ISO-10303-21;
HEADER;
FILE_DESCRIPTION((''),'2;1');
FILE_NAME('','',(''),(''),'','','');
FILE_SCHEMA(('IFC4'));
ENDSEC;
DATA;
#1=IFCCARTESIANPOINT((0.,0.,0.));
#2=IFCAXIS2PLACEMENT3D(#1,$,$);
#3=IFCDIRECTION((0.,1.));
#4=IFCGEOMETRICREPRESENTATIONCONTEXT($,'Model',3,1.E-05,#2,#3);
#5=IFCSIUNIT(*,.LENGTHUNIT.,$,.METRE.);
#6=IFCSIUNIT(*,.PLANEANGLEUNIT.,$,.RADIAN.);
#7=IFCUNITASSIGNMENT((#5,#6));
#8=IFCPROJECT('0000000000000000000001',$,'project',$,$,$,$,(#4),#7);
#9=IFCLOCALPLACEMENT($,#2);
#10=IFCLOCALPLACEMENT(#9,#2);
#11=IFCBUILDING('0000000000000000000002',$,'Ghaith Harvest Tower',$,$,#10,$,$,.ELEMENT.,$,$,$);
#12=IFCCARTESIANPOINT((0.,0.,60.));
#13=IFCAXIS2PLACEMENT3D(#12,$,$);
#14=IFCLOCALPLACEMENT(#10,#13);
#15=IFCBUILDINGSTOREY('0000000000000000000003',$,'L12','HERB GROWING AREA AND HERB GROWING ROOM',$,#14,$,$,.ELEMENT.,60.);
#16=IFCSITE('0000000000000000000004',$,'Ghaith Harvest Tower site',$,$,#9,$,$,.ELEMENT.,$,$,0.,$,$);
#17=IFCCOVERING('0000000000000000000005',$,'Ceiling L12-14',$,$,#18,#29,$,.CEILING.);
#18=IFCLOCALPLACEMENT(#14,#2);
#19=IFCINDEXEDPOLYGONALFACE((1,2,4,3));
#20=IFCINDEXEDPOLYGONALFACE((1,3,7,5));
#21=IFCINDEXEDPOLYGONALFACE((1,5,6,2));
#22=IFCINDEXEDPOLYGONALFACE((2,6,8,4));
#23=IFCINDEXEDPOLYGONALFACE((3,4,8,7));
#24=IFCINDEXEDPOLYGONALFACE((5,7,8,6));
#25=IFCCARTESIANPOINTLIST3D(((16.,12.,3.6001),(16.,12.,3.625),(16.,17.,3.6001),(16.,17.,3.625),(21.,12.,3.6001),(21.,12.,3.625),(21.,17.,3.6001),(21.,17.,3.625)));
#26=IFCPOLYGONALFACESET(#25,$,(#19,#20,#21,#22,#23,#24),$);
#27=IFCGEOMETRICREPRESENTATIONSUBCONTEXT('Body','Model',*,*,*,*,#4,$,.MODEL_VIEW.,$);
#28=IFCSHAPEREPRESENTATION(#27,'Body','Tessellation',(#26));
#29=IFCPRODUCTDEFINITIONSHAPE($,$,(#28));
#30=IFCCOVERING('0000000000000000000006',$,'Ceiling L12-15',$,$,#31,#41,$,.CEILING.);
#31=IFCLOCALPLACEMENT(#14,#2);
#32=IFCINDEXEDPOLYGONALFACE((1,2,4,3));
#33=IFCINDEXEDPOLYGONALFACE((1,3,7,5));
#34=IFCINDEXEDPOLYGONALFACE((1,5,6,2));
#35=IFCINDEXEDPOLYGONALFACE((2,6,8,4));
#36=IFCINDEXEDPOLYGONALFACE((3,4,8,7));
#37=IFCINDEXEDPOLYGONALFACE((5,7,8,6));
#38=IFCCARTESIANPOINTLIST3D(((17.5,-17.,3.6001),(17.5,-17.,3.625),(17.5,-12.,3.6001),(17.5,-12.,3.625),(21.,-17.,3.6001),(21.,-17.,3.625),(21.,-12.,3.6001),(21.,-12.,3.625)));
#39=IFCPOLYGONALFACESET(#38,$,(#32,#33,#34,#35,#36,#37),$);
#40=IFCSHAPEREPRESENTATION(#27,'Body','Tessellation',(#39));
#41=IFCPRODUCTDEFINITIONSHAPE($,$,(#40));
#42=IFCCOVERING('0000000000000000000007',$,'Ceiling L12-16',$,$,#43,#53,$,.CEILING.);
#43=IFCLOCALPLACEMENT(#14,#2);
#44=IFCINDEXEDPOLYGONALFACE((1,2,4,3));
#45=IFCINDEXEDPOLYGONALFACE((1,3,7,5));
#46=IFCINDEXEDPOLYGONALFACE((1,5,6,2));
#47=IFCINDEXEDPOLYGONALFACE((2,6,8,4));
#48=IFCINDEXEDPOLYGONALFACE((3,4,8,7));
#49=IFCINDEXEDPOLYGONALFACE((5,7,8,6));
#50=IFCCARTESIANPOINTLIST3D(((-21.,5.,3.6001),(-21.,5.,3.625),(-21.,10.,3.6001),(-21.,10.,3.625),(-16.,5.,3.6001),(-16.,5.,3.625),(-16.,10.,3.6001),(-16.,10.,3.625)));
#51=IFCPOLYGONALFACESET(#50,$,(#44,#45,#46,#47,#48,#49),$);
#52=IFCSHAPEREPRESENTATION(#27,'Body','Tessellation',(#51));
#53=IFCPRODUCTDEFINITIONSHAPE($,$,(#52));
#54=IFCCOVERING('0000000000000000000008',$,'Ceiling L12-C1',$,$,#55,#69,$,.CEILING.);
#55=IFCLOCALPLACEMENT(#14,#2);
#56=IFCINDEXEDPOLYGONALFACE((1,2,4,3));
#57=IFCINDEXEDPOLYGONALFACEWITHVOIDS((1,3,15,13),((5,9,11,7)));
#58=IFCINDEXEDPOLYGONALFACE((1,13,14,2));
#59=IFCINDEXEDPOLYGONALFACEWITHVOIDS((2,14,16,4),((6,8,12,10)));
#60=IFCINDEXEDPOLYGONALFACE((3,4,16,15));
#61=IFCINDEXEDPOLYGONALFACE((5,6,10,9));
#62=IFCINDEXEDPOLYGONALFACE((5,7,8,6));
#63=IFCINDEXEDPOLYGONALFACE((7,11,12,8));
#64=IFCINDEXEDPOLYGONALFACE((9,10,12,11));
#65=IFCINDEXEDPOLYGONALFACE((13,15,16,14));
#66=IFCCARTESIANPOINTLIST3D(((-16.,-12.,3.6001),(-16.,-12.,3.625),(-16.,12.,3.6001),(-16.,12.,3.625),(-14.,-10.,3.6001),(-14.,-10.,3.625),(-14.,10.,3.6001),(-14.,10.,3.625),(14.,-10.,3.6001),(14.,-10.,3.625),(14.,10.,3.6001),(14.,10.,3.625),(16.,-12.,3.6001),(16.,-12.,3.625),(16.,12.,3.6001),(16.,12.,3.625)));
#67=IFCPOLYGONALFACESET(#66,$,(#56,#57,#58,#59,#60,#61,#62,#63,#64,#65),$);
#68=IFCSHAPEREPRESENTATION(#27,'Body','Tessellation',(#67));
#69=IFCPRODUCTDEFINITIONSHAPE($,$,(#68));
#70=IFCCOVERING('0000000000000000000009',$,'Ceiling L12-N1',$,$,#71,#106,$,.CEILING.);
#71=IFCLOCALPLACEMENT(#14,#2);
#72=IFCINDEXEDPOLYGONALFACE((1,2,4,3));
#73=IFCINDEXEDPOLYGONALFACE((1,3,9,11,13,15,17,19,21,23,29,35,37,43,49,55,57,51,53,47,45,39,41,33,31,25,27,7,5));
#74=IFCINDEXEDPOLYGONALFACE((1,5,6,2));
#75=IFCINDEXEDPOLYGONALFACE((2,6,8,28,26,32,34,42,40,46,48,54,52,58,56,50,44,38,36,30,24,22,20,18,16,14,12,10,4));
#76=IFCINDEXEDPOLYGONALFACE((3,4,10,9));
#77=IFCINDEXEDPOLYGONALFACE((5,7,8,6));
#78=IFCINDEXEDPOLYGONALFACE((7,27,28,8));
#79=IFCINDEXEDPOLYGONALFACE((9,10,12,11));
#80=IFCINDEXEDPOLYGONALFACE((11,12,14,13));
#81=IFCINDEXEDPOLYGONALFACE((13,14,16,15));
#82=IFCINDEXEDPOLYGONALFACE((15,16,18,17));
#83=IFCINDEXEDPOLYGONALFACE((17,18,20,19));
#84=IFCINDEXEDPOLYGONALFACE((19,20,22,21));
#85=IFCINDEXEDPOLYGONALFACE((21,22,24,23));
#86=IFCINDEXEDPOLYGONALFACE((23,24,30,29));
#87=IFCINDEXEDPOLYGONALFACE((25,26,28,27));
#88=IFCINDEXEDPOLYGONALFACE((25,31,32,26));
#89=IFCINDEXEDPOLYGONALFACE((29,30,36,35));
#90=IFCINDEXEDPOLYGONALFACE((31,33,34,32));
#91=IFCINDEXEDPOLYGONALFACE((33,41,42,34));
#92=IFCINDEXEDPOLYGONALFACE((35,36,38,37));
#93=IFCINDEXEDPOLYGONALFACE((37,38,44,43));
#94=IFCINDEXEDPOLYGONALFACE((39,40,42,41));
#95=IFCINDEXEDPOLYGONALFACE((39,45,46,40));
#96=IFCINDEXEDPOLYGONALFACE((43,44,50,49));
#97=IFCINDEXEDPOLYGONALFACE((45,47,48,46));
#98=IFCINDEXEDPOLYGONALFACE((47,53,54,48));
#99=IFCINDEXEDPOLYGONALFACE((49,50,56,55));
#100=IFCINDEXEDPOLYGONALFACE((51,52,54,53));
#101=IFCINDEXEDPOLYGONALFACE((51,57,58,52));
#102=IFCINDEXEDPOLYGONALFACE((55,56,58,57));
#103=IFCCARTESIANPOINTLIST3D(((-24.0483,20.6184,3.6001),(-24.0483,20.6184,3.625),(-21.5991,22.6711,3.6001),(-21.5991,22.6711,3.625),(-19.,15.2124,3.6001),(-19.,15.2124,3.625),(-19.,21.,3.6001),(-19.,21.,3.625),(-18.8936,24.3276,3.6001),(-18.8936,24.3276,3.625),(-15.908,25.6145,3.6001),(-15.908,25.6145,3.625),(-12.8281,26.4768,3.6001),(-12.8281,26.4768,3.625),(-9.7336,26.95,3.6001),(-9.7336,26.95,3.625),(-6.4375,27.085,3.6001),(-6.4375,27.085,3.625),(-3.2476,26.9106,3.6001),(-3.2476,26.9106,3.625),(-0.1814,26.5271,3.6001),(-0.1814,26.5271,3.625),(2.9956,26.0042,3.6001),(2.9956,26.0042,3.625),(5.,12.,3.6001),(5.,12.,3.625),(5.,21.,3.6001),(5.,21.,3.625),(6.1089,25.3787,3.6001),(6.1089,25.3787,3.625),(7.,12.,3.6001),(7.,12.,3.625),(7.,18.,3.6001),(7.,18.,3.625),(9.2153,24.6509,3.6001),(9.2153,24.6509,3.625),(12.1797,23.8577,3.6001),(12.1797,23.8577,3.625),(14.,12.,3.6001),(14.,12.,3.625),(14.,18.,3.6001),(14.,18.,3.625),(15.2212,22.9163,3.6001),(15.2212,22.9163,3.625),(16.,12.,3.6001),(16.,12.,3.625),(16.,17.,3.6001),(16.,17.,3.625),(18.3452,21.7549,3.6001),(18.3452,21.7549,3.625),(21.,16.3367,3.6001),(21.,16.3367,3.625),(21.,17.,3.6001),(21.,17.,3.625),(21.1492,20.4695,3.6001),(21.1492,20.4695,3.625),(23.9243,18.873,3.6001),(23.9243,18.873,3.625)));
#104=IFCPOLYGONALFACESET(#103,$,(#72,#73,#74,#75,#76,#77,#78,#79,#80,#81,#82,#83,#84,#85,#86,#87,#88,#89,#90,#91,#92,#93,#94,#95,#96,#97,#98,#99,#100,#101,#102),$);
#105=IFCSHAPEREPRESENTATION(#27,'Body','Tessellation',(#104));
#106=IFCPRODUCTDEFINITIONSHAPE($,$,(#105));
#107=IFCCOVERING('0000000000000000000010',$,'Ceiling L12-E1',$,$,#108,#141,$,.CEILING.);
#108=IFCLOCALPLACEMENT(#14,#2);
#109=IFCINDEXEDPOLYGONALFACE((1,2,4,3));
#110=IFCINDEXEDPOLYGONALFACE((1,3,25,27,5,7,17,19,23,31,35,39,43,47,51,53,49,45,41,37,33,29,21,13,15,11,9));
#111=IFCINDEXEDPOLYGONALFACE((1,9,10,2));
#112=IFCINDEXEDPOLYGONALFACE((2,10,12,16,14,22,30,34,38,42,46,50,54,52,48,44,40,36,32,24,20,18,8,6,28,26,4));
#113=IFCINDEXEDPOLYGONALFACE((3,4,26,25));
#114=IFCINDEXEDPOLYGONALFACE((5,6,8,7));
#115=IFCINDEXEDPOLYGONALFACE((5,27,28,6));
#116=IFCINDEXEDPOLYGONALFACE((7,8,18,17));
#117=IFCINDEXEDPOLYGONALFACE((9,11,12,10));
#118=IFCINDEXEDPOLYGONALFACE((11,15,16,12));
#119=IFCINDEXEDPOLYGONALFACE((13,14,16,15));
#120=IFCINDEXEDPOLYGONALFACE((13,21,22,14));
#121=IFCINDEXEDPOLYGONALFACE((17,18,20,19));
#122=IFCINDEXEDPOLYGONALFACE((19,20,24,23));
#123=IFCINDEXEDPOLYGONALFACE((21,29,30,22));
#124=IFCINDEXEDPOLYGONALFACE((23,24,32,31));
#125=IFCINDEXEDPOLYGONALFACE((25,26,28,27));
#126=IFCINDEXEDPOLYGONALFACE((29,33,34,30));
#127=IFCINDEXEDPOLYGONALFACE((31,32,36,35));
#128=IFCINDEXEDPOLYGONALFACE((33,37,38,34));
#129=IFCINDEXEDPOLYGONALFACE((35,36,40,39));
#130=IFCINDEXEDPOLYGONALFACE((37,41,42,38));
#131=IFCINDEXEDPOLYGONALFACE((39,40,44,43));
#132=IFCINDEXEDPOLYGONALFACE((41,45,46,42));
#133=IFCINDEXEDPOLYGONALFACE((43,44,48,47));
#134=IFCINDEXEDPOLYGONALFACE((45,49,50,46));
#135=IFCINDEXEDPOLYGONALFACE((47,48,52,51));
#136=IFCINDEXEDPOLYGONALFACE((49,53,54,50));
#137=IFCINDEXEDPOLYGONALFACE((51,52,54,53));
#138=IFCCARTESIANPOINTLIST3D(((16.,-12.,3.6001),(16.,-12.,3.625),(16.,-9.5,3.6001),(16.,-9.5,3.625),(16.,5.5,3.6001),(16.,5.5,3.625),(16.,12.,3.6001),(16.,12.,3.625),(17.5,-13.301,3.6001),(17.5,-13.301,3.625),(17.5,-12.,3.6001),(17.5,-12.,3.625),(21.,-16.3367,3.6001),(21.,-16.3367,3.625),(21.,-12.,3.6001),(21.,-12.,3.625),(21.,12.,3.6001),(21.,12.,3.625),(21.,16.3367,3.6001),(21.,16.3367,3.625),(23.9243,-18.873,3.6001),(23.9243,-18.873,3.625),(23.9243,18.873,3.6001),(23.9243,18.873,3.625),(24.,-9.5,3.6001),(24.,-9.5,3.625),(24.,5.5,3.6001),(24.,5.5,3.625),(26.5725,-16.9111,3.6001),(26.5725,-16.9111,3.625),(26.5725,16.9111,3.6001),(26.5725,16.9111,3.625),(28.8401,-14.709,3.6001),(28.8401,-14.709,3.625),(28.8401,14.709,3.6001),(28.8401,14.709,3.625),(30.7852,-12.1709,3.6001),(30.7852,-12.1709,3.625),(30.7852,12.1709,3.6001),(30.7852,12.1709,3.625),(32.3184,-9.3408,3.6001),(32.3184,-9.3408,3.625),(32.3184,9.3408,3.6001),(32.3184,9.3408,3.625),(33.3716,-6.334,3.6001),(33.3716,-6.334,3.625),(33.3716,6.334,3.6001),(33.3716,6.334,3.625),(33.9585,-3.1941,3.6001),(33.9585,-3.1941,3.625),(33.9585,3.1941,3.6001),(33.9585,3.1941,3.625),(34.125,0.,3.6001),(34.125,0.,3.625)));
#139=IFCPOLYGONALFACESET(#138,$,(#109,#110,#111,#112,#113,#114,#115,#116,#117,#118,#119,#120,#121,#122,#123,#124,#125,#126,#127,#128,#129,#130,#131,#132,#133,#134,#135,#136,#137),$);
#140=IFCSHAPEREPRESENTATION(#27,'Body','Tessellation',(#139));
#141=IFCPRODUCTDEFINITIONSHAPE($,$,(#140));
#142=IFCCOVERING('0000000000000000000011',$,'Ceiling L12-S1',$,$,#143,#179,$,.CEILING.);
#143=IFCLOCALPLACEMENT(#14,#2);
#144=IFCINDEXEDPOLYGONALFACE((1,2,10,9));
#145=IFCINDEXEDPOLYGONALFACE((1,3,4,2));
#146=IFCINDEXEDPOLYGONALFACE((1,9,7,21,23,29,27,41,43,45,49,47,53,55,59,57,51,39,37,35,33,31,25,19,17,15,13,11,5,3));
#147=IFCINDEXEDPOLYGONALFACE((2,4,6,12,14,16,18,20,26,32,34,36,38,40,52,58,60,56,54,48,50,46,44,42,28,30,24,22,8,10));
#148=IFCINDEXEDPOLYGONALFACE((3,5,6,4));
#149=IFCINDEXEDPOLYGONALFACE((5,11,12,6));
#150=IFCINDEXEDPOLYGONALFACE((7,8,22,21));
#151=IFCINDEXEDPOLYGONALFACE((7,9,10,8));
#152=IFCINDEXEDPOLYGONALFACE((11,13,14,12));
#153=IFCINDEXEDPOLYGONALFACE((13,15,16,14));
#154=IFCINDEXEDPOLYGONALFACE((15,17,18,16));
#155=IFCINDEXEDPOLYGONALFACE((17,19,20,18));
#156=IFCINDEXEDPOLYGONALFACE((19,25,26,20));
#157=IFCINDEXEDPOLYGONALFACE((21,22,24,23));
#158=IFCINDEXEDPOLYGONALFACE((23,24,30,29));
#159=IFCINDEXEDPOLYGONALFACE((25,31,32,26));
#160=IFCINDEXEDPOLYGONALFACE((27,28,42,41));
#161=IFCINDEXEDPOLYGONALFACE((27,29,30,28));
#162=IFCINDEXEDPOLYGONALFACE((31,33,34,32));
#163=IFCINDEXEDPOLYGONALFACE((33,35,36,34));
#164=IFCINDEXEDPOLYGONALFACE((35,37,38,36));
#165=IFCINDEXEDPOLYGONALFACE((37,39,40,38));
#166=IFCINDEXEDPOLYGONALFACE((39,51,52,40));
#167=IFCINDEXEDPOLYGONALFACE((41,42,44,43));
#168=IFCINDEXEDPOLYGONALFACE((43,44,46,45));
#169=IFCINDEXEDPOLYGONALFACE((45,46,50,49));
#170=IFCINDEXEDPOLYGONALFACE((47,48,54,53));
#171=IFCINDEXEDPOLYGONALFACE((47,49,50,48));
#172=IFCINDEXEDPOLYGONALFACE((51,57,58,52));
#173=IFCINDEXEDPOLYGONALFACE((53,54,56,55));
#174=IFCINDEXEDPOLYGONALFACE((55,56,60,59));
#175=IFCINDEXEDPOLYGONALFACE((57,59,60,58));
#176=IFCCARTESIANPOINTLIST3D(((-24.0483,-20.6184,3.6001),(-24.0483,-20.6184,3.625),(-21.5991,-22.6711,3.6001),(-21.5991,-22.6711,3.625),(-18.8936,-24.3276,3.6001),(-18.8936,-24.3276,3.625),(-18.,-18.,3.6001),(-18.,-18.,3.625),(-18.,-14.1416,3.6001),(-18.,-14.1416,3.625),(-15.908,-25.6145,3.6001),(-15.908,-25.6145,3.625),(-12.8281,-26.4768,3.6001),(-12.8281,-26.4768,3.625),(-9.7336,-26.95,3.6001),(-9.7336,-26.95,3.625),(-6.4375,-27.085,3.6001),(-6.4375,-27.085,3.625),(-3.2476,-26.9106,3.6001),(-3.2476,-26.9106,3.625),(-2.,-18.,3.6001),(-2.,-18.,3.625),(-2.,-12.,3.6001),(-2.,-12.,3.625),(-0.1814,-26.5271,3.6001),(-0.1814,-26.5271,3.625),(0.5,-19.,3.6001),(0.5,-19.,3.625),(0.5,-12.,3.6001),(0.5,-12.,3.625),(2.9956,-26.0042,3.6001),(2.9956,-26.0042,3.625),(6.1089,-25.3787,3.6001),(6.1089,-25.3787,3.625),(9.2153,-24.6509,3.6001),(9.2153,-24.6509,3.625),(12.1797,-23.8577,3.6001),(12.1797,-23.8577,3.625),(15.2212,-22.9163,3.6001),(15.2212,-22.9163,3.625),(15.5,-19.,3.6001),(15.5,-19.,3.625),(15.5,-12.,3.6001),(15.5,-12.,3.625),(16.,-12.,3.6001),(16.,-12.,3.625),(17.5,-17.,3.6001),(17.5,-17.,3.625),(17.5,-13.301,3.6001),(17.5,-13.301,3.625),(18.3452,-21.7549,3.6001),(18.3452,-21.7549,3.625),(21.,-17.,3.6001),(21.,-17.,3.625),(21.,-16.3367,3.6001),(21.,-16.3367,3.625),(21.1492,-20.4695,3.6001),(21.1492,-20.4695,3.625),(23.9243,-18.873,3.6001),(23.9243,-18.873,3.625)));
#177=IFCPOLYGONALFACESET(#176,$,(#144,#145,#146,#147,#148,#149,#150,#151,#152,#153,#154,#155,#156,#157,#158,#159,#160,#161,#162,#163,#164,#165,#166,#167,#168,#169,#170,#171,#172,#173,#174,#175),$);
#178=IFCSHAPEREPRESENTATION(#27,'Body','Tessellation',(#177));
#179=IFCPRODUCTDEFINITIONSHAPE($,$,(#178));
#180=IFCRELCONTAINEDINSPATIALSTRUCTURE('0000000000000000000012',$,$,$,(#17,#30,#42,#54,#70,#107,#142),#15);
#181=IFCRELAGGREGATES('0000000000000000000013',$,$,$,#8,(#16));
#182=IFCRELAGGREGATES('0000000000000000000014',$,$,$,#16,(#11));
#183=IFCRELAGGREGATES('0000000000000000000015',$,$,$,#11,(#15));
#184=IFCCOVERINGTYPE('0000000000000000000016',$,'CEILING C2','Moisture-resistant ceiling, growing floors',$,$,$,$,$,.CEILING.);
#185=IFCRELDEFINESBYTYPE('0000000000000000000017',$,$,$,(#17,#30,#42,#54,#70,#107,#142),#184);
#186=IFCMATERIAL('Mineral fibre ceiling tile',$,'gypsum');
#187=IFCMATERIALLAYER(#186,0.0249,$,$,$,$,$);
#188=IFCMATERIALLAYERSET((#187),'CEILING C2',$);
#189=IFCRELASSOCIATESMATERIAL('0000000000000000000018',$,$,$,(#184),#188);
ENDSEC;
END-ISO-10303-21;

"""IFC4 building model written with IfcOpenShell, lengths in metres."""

from ifc_helpers import new_model, si_unit, direction, frame, origin, place, context, subcontext, project, spatial, polyline, outline, extrude, material, layer, layer_set, type_object, element, save


model = new_model("IFC4")

# Units and contexts
model_context = context("Model", 3, precision=1e-05, world=origin(), true_north=direction((0.0, 1.0)))
body_context = subcontext(model_context, "Body", "Model", "MODEL_VIEW")
ifc_project = project(units=[si_unit("LENGTHUNIT", "METRE"), si_unit("PLANEANGLEUNIT", "RADIAN")], contexts=[model_context])

# Site, building, storey
site_placement = place(None, origin())
site = spatial("IfcSite", under=ifc_project, at=site_placement, Name="Ghaith Harvest Tower site", CompositionType="ELEMENT", RefElevation=0.0)
building_placement = place(site_placement, origin())
building = spatial("IfcBuilding", under=site, at=building_placement, Name="Ghaith Harvest Tower", CompositionType="ELEMENT")
storey_placement = place(building_placement, frame((0.0, 0.0, 60.0)))
storey = spatial("IfcBuildingStorey", under=building, at=storey_placement, Name="L12", Description="HERB GROWING AREA AND HERB GROWING ROOM", CompositionType="ELEMENT", Elevation=60.0)

# Coverings
ifc_material_1 = material(Name="Mineral fibre ceiling tile", Category="gypsum")
ifc_layer_1 = layer(ifc_material_1, 0.0249)
ifc_layer_set_1 = layer_set([ifc_layer_1], Name="CEILING C2")
covering_type = type_object("IfcCoveringType", Name="CEILING C2", Description="Moisture-resistant ceiling, growing floors", PredefinedType="CEILING", material=ifc_layer_set_1)
covering_1_placement = place(storey_placement, frame((0.0, 0.0, 3.6001)))
element("IfcCovering", 1, at=covering_1_placement, inside=storey, type_object=covering_type, Name="Ceiling L12-14", PredefinedType="CEILING", context=body_context, shape_type="SweptSolid", body=[
    extrude(outline(polyline([(16.0, 12.0), (21.0, 12.0), (21.0, 17.0), (16.0, 17.0), (16.0, 12.0)])), origin(), (0.0, 0.0, 1.0), 0.0249),
])
covering_2_placement = place(storey_placement, frame((0.0, 0.0, 3.6001)))
element("IfcCovering", 2, at=covering_2_placement, inside=storey, type_object=covering_type, Name="Ceiling L12-15", PredefinedType="CEILING", context=body_context, shape_type="SweptSolid", body=[
    extrude(outline(polyline([(17.5, -17.0), (21.0, -17.0), (21.0, -12.0), (17.5, -12.0), (17.5, -17.0)])), origin(), (0.0, 0.0, 1.0), 0.0249),
])
covering_3_placement = place(storey_placement, frame((0.0, 0.0, 3.6001)))
element("IfcCovering", 3, at=covering_3_placement, inside=storey, type_object=covering_type, Name="Ceiling L12-16", PredefinedType="CEILING", context=body_context, shape_type="SweptSolid", body=[
    extrude(outline(polyline([(-21.0, 5.0), (-16.0, 5.0), (-16.0, 10.0), (-21.0, 10.0), (-21.0, 5.0)])), origin(), (0.0, 0.0, 1.0), 0.0249),
])
covering_4_placement = place(storey_placement, frame((0.0, 0.0, 3.6001)))
element("IfcCovering", 4, at=covering_4_placement, inside=storey, type_object=covering_type, Name="Ceiling L12-C1", PredefinedType="CEILING", context=body_context, shape_type="SweptSolid", body=[
    extrude(outline(polyline([(-16.0, 12.0), (16.0, 12.0), (16.0, -12.0), (-16.0, -12.0), (-16.0, 12.0)]), holes=[polyline([(14.0, 10.0), (-14.0, 10.0), (-14.0, -10.0), (14.0, -10.0), (14.0, 10.0)])]), origin(), (0.0, 0.0, 1.0), 0.0249),
])
covering_5_placement = place(storey_placement, frame((0.0, 0.0, 3.6001)))
element("IfcCovering", 5, at=covering_5_placement, inside=storey, type_object=covering_type, Name="Ceiling L12-N1", PredefinedType="CEILING", context=body_context, shape_type="SweptSolid", body=[
    extrude(outline(polyline([(-21.5991, 22.6711), (-18.8936, 24.3276), (-15.908, 25.6145), (-12.8281, 26.4768), (-9.7336, 26.95), (-6.4375, 27.085), (-3.2476, 26.9106), (-0.1814, 26.5271), (2.9956, 26.0042), (6.1089, 25.3787), (9.2153, 24.6509), (12.1797, 23.8577), (15.2212, 22.9163), (18.3452, 21.7549), (21.1492, 20.4695), (23.9243, 18.873), (21.0, 16.3367), (21.0, 17.0), (16.0, 17.0), (16.0, 12.0), (14.0, 12.0), (14.0, 18.0), (7.0, 18.0), (7.0, 12.0), (5.0, 12.0), (5.0, 21.0), (-19.0, 21.0), (-19.0, 15.2124), (-24.0483, 20.6184), (-21.5991, 22.6711)])), origin(), (0.0, 0.0, 1.0), 0.0249),
])
covering_6_placement = place(storey_placement, frame((0.0, 0.0, 3.6001)))
element("IfcCovering", 6, at=covering_6_placement, inside=storey, type_object=covering_type, Name="Ceiling L12-E1", PredefinedType="CEILING", context=body_context, shape_type="SweptSolid", body=[
    extrude(outline(polyline([(26.5725, 16.9111), (28.8401, 14.709), (30.7852, 12.1709), (32.3184, 9.3408), (33.3716, 6.334), (33.9585, 3.1941), (34.125, 0.0), (33.9585, -3.1941), (33.3716, -6.334), (32.3184, -9.3408), (30.7852, -12.1709), (28.8401, -14.709), (26.5725, -16.9111), (23.9243, -18.873), (21.0, -16.3367), (21.0, -12.0), (17.5, -12.0), (17.5, -13.301), (16.0, -12.0), (16.0, -9.5), (24.0, -9.5), (24.0, 5.5), (16.0, 5.5), (16.0, 12.0), (21.0, 12.0), (21.0, 16.3367), (23.9243, 18.873), (26.5725, 16.9111)])), origin(), (0.0, 0.0, 1.0), 0.0249),
])
covering_7_placement = place(storey_placement, frame((0.0, 0.0, 3.6001)))
element("IfcCovering", 7, at=covering_7_placement, inside=storey, type_object=covering_type, Name="Ceiling L12-S1", PredefinedType="CEILING", context=body_context, shape_type="SweptSolid", body=[
    extrude(outline(polyline([(-12.8281, -26.4768), (-15.908, -25.6145), (-18.8936, -24.3276), (-21.5991, -22.6711), (-24.0483, -20.6184), (-18.0, -14.1416), (-18.0, -18.0), (-2.0, -18.0), (-2.0, -12.0), (0.5, -12.0), (0.5, -19.0), (15.5, -19.0), (15.5, -12.0), (16.0, -12.0), (17.5, -13.301), (17.5, -17.0), (21.0, -17.0), (21.0, -16.3367), (23.9243, -18.873), (21.1492, -20.4695), (18.3452, -21.7549), (15.2212, -22.9163), (12.1797, -23.8577), (9.2153, -24.6509), (6.1089, -25.3787), (2.9956, -26.0042), (-0.1814, -26.5271), (-3.2476, -26.9106), (-6.4375, -27.085), (-9.7336, -26.95), (-12.8281, -26.4768)])), origin(), (0.0, 0.0, 1.0), 0.0249),
])

save(model, "model.ifc")
